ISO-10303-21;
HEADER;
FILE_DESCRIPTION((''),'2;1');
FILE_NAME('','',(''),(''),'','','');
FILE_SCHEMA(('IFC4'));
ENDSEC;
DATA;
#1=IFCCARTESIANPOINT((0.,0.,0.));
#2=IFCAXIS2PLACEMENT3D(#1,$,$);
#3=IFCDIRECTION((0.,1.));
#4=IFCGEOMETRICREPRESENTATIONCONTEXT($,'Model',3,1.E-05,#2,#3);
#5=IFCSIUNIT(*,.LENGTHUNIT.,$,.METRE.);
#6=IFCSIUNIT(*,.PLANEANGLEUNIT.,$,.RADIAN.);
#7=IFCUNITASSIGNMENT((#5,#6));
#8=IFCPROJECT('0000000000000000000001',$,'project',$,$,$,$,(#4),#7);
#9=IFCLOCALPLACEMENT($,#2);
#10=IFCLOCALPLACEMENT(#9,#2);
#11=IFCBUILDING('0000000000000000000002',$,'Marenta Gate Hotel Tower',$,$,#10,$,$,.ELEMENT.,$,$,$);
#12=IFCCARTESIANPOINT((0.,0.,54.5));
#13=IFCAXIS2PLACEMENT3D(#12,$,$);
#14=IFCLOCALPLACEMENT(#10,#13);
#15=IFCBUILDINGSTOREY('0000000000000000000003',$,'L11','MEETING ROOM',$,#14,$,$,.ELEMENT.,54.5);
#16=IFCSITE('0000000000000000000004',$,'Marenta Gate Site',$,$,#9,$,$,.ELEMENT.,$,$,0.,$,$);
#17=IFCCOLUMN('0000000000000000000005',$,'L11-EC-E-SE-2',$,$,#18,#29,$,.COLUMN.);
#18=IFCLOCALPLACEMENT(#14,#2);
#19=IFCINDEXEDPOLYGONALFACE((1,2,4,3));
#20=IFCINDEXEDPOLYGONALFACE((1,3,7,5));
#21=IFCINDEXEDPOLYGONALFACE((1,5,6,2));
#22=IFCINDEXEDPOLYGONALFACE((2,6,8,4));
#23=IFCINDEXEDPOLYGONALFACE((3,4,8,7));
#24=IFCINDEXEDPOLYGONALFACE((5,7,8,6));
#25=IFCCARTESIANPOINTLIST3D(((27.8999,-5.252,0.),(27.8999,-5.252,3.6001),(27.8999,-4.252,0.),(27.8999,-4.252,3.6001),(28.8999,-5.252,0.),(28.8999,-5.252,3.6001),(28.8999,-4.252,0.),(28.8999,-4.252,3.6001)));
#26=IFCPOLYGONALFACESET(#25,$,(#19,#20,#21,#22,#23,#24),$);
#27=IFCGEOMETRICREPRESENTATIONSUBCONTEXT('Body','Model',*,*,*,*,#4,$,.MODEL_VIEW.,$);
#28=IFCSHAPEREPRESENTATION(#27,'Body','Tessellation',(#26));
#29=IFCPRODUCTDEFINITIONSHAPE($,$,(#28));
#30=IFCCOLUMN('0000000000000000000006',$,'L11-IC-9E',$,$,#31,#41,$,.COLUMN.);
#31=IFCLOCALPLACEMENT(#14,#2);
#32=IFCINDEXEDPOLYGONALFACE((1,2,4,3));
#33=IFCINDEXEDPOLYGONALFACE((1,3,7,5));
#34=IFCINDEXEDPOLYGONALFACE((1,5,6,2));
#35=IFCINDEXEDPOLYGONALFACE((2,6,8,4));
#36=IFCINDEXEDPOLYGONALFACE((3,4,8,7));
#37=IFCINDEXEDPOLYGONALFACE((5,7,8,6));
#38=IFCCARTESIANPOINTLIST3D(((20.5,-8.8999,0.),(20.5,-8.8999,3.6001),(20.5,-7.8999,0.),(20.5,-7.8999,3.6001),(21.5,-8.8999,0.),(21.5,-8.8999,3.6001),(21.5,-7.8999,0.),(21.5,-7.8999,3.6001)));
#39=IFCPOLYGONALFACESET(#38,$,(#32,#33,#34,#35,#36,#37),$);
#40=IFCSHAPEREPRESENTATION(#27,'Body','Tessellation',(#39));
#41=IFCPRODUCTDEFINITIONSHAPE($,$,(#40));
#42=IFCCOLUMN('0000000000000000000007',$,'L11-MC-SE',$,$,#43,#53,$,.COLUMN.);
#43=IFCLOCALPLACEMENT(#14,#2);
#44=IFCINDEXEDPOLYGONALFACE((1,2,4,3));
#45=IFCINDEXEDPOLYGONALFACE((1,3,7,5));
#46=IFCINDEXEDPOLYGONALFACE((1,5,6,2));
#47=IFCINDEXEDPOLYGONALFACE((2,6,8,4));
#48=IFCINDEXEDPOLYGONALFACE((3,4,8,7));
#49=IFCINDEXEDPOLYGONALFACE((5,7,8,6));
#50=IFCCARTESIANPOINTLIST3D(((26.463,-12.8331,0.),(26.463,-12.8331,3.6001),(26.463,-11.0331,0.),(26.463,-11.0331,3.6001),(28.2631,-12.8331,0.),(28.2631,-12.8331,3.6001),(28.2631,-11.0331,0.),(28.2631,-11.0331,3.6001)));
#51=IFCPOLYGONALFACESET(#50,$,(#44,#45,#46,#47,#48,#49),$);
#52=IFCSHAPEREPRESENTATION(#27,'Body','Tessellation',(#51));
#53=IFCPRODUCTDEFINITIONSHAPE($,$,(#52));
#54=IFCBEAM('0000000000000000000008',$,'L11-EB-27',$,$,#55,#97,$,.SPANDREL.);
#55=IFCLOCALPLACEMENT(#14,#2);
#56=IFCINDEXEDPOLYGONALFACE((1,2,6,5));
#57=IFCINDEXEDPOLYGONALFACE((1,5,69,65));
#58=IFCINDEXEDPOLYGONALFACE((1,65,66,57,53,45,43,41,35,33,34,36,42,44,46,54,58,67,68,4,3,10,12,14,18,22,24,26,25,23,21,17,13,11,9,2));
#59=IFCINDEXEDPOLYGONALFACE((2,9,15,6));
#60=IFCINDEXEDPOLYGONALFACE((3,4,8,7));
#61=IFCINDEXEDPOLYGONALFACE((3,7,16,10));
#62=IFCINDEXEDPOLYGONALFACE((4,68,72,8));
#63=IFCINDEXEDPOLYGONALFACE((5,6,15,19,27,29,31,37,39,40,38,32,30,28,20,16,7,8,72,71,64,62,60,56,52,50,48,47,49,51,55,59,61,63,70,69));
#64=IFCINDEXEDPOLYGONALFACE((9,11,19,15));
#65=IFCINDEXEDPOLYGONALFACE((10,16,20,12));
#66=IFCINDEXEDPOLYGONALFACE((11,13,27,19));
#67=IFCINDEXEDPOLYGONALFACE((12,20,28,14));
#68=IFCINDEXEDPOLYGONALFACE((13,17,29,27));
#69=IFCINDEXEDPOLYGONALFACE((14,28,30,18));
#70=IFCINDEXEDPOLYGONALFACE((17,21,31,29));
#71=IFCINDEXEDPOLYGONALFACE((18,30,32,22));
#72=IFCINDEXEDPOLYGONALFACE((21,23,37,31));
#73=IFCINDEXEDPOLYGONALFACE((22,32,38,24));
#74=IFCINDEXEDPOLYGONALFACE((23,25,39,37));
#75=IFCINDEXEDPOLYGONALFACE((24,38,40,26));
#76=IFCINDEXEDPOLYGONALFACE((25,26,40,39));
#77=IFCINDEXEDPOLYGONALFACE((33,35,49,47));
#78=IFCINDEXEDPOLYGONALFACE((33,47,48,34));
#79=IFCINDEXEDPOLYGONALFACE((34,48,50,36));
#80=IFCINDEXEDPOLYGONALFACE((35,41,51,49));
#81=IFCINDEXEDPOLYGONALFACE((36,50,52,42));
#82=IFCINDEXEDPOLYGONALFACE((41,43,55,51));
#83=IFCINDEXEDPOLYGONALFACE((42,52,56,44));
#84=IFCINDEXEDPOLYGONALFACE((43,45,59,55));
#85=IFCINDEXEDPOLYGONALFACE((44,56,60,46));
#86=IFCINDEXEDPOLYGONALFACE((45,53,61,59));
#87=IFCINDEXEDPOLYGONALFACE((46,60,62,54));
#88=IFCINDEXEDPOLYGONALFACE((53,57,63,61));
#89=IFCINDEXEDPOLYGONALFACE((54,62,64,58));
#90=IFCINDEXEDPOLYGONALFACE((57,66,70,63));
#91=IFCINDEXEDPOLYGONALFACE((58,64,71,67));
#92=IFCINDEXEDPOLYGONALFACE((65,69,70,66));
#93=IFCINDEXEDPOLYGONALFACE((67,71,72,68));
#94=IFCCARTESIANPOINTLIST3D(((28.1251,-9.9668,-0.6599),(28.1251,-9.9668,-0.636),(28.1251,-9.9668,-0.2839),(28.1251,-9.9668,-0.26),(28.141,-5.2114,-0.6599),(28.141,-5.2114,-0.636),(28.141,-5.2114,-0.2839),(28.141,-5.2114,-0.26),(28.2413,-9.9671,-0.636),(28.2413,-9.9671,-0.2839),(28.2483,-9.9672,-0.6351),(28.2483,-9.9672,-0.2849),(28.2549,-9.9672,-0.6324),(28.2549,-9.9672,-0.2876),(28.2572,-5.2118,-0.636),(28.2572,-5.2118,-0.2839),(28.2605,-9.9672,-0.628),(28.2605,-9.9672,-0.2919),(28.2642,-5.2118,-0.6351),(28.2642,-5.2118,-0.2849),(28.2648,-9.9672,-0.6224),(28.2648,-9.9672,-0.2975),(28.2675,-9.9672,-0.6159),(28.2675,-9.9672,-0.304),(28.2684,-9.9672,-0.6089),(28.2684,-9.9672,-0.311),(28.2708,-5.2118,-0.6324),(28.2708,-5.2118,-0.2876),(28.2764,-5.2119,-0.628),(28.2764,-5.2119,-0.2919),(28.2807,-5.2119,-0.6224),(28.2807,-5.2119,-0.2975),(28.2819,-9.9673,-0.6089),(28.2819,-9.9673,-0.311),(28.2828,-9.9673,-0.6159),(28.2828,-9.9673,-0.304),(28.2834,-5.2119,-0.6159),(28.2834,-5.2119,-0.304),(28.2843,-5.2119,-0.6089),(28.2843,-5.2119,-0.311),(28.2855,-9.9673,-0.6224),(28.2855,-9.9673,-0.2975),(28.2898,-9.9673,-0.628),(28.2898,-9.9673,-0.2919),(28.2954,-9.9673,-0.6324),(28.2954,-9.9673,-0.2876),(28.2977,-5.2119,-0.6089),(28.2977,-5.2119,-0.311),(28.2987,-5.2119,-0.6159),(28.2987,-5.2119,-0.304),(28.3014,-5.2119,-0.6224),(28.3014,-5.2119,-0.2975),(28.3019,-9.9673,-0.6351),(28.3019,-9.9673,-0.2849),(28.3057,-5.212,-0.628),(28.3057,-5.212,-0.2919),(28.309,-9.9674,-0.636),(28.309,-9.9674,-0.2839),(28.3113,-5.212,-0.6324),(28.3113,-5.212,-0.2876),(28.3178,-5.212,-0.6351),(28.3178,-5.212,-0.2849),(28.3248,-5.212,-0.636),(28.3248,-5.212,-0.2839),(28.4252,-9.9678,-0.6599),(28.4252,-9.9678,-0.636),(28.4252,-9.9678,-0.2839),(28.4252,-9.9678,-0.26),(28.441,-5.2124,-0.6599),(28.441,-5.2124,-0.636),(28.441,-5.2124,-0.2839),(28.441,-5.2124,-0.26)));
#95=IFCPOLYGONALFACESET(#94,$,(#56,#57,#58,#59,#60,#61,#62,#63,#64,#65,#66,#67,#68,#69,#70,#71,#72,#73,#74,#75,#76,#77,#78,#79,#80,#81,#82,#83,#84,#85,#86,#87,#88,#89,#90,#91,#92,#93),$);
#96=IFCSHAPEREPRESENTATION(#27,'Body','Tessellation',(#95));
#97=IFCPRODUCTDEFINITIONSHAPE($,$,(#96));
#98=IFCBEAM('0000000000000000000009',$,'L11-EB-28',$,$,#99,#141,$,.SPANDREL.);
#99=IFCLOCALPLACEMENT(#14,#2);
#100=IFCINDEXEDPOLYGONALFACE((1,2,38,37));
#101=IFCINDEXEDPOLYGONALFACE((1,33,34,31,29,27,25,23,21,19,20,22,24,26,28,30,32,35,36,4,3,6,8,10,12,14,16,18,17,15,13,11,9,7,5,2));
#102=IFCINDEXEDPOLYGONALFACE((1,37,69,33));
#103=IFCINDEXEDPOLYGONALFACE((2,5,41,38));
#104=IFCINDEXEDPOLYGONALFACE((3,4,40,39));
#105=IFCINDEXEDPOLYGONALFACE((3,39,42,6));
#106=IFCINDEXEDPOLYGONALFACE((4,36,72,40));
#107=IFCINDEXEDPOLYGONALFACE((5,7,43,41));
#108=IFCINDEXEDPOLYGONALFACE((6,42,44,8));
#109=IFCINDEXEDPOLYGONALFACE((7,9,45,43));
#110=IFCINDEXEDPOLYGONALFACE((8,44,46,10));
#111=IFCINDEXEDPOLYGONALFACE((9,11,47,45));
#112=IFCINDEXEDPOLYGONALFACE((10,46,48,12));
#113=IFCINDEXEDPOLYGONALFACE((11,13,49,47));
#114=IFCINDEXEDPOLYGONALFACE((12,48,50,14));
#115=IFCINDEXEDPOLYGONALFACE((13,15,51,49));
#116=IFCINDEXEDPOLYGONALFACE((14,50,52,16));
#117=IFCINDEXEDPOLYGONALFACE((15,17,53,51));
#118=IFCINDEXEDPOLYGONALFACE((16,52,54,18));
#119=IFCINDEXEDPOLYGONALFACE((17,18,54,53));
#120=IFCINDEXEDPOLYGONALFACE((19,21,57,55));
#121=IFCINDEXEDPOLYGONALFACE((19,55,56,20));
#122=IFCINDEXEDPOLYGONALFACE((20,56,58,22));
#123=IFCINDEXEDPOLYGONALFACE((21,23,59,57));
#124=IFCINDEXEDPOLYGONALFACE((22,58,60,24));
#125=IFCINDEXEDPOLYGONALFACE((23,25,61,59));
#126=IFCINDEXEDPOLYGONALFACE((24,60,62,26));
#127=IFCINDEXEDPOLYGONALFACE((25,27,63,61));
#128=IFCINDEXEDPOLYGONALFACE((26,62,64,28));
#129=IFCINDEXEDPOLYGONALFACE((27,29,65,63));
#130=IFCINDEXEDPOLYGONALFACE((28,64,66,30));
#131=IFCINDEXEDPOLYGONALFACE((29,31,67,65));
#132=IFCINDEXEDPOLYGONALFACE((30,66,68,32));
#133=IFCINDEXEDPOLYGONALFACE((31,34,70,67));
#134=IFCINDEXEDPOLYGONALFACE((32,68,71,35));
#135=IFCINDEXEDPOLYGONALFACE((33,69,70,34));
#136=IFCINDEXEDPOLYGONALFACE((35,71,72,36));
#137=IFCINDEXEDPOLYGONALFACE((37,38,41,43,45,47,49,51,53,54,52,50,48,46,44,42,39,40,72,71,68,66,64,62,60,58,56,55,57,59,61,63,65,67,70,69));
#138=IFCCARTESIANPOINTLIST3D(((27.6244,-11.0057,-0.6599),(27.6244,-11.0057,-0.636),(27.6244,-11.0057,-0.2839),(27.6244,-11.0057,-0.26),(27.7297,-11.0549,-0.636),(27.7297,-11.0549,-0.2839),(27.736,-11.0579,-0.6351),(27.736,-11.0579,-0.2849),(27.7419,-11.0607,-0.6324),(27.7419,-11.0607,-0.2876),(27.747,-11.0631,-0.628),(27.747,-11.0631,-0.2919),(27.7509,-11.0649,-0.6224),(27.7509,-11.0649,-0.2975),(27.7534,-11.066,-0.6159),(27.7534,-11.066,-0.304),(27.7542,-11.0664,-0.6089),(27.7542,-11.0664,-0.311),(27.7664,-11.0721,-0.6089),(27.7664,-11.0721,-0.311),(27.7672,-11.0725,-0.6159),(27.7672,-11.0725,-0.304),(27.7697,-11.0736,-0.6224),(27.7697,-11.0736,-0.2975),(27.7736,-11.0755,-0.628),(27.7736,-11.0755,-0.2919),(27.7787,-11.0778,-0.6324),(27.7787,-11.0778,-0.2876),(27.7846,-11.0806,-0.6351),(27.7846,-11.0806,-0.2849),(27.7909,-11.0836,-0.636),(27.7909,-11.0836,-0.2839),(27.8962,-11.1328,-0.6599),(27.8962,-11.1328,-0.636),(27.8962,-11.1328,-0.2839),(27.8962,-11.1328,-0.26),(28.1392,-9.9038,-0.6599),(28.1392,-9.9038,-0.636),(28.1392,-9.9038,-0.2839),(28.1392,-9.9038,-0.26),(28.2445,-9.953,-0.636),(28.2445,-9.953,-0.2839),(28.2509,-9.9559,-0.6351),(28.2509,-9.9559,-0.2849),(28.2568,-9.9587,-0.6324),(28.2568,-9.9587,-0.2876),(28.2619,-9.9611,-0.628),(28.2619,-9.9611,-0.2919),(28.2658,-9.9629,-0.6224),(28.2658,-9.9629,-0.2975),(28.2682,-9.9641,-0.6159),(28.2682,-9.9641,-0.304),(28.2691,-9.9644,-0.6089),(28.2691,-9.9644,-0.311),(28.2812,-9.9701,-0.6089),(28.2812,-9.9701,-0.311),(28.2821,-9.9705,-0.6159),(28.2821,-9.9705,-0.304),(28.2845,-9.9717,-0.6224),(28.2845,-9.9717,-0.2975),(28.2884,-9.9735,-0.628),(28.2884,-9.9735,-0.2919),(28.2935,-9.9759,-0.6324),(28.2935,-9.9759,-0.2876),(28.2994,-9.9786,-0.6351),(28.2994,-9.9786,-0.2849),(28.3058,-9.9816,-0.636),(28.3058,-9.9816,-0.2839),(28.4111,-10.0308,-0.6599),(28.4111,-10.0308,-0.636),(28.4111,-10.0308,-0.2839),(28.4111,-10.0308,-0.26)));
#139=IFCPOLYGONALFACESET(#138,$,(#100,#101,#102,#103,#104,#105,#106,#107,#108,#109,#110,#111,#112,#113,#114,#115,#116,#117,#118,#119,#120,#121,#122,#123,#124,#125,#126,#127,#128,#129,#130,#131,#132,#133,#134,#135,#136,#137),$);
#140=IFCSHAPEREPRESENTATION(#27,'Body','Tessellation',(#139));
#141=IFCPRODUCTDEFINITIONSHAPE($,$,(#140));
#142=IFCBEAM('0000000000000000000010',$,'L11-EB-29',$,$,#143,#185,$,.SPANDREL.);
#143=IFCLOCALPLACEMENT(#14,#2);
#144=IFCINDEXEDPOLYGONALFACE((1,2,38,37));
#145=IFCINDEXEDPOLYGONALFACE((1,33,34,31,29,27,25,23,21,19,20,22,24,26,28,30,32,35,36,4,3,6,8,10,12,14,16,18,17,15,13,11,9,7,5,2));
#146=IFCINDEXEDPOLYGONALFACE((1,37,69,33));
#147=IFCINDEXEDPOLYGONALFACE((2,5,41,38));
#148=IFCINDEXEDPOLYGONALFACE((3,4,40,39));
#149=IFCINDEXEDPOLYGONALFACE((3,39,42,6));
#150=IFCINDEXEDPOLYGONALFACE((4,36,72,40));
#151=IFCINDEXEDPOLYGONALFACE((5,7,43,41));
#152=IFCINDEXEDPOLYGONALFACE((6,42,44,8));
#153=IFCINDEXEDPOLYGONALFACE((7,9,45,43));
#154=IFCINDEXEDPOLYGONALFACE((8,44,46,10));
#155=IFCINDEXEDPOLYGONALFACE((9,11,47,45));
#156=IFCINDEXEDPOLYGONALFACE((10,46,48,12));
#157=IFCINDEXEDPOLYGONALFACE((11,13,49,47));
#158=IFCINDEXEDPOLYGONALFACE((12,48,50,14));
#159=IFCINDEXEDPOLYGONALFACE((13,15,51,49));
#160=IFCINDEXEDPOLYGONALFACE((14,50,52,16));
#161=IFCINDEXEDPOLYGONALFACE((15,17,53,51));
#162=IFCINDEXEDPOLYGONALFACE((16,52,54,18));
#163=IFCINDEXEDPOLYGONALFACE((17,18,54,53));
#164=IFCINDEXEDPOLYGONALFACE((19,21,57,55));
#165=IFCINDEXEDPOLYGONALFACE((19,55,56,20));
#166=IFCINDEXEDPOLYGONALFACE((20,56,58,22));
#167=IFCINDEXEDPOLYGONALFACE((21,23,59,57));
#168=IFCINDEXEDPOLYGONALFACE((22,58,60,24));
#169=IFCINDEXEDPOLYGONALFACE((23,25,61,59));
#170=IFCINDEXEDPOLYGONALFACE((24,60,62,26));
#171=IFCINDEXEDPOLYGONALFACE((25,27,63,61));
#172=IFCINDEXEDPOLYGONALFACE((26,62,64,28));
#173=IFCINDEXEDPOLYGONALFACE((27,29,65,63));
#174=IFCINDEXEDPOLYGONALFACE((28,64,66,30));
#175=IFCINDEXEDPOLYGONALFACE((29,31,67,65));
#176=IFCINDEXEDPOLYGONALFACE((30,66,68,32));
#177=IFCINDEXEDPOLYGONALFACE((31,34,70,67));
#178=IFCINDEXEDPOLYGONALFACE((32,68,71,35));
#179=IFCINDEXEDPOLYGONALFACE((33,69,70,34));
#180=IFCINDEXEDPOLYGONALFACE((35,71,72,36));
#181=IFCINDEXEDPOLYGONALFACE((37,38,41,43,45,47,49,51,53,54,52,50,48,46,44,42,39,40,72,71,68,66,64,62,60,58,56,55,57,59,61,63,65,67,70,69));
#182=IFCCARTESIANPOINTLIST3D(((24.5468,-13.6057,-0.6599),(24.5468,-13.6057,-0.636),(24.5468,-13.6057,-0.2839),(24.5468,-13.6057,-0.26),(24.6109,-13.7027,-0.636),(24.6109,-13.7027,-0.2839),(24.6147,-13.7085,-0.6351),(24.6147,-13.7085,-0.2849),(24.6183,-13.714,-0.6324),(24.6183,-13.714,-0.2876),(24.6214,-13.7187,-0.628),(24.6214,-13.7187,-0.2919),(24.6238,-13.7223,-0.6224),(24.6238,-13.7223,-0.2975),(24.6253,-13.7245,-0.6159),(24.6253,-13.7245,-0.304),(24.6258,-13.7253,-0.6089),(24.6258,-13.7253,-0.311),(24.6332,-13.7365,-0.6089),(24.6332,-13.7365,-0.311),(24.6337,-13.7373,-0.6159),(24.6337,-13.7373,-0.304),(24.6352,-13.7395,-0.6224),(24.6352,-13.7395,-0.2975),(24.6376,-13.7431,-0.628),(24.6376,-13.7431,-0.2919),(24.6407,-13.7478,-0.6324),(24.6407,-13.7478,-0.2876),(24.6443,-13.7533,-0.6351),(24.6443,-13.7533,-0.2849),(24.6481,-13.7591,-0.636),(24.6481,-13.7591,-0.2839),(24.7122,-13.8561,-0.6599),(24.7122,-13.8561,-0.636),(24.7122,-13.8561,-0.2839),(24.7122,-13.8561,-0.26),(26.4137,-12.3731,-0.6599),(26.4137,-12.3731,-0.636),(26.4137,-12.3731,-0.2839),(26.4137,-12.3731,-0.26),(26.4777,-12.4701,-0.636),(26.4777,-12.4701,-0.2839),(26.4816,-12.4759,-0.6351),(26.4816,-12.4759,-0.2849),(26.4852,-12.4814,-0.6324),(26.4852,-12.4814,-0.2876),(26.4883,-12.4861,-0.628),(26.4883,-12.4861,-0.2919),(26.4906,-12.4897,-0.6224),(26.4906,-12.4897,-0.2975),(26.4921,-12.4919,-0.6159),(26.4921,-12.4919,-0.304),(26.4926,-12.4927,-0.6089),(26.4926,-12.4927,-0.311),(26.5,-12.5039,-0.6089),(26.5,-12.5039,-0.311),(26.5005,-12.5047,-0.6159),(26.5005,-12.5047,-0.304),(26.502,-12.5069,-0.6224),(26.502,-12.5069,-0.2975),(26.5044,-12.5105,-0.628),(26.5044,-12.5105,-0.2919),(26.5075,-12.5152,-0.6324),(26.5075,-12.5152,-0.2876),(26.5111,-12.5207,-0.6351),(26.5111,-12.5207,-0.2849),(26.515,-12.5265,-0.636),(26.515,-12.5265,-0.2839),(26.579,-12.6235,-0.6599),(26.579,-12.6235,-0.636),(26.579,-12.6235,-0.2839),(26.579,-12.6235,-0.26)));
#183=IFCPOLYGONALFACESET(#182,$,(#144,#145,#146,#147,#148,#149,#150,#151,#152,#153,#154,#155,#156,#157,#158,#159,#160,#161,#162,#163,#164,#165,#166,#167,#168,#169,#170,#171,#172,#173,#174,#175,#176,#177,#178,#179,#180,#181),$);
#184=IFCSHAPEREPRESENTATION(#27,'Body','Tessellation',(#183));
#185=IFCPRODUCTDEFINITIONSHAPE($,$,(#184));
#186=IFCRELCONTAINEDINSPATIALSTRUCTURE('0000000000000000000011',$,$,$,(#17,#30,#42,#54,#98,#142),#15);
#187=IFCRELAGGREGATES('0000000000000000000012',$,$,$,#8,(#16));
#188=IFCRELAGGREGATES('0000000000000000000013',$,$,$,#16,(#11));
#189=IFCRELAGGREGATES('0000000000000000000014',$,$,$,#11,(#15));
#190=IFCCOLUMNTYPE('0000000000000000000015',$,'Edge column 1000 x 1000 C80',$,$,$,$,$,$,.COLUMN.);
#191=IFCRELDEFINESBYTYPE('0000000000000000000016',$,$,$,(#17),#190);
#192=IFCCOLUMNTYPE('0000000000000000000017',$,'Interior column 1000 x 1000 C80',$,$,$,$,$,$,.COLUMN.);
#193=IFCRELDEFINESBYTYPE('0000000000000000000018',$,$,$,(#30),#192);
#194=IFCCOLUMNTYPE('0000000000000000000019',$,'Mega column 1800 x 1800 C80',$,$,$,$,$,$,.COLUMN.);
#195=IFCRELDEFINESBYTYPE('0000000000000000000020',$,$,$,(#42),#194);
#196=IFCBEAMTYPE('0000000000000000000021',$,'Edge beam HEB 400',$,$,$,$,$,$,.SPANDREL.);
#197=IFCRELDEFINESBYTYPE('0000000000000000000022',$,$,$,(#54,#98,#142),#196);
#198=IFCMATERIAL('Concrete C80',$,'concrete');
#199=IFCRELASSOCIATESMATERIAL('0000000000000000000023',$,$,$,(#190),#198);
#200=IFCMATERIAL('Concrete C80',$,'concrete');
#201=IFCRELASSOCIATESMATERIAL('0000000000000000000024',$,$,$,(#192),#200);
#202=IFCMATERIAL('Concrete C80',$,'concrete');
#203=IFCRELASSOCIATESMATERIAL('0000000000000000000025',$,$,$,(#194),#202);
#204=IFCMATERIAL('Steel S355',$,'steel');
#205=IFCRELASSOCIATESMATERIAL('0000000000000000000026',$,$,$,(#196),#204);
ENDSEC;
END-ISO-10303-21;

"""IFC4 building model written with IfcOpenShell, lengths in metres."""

from ifc_helpers import new_model, si_unit, direction, frame, origin, origin_2d, place, context, subcontext, project, spatial, rectangle, i_section, extrude, material, material_profile, profile_set, type_object, element, save


model = new_model("IFC4")

# Units and contexts
model_context = context("Model", 3, precision=1e-05, world=origin(), true_north=direction((0.0, 1.0)))
body_context = subcontext(model_context, "Body", "Model", "MODEL_VIEW")
ifc_project = project(units=[si_unit("LENGTHUNIT", "METRE"), si_unit("PLANEANGLEUNIT", "RADIAN")], contexts=[model_context])

# Site, building, storey
site_placement = place(None, origin())
site = spatial("IfcSite", under=ifc_project, at=site_placement, Name="Marenta Gate Site", CompositionType="ELEMENT", RefElevation=0.0)
building_placement = place(site_placement, origin())
building = spatial("IfcBuilding", under=site, at=building_placement, Name="Marenta Gate Hotel Tower", CompositionType="ELEMENT")
storey_placement = place(building_placement, frame((0.0, 0.0, 54.5)))
storey = spatial("IfcBuildingStorey", under=building, at=storey_placement, Name="L11", Description="MEETING ROOM", CompositionType="ELEMENT", Elevation=54.5)

# Columns
ifc_material_1 = material(Name="Concrete C80", Category="concrete")
ifc_material_profile_1 = material_profile(ifc_material_1, rectangle(XDim=1.0, YDim=1.0, at=origin_2d()), Name="1000 x 1000")
ifc_profile_set_1 = profile_set([ifc_material_profile_1], Name="Concrete C80")
column_type_1 = type_object("IfcColumnType", Name="Edge column 1000 x 1000 C80", PredefinedType="COLUMN", material=ifc_profile_set_1)
column_1_placement = place(storey_placement, frame((28.3999, -4.752, 0.0), z_axis=(0.0, 0.0, 1.0), x_axis=(1.0, 0.0, 0.0)))
element("IfcColumn", 1, at=column_1_placement, inside=storey, type_object=column_type_1, Name="L11-EC-E-SE-2", PredefinedType="COLUMN", context=body_context, shape_type="SweptSolid", body=[
    extrude(rectangle(XDim=1.0, YDim=1.0, at=origin_2d()), origin(), (0.0, 0.0, 1.0), 3.6001),
])
ifc_material_2 = material(Name="Concrete C80", Category="concrete")
ifc_material_profile_2 = material_profile(ifc_material_2, rectangle(XDim=1.0, YDim=1.0, at=origin_2d()), Name="1000 x 1000")
ifc_profile_set_2 = profile_set([ifc_material_profile_2], Name="Concrete C80")
column_type_2 = type_object("IfcColumnType", Name="Interior column 1000 x 1000 C80", PredefinedType="COLUMN", material=ifc_profile_set_2)
column_2_placement = place(storey_placement, frame((21.0, -8.3999, 0.0), z_axis=(0.0, 0.0, 1.0), x_axis=(1.0, 0.0, 0.0)))
element("IfcColumn", 2, at=column_2_placement, inside=storey, type_object=column_type_2, Name="L11-IC-9E", PredefinedType="COLUMN", context=body_context, shape_type="SweptSolid", body=[
    extrude(rectangle(XDim=1.0, YDim=1.0, at=origin_2d()), origin(), (0.0, 0.0, 1.0), 3.6001),
])
ifc_material_3 = material(Name="Concrete C80", Category="concrete")
ifc_material_profile_3 = material_profile(ifc_material_3, rectangle(XDim=1.8, YDim=1.8, at=origin_2d()), Name="1800 x 1800")
ifc_profile_set_3 = profile_set([ifc_material_profile_3], Name="Concrete C80")
column_type_3 = type_object("IfcColumnType", Name="Mega column 1800 x 1800 C80", PredefinedType="COLUMN", material=ifc_profile_set_3)
column_3_placement = place(storey_placement, frame((27.363, -11.9331, 0.0), z_axis=(0.0, 0.0, 1.0), x_axis=(1.0, 0.0, 0.0)))
element("IfcColumn", 3, at=column_3_placement, inside=storey, type_object=column_type_3, Name="L11-MC-SE", PredefinedType="COLUMN", context=body_context, shape_type="SweptSolid", body=[
    extrude(rectangle(XDim=1.8, YDim=1.8, at=origin_2d()), origin(), (0.0, 0.0, 1.0), 3.6001),
])

# Beams
ifc_material_4 = material(Name="Steel S355", Category="steel")
ifc_material_profile_4 = material_profile(ifc_material_4, i_section(OverallWidth=0.3, OverallDepth=0.3999, WebThickness=0.0134, FlangeThickness=0.0239, FilletRadius=0.0271, at=origin_2d()), Name="HEB 400")
ifc_profile_set_4 = profile_set([ifc_material_profile_4], Name="Steel S355")
beam_type_1 = type_object("IfcBeamType", Name="Edge beam HEB 400", PredefinedType="SPANDREL", material=ifc_profile_set_4)
beam_1_placement = place(storey_placement, frame((28.291, -5.2119, -0.46), z_axis=(-0.003337, -0.999994, 0.0), x_axis=(0.999994, -0.003337, 0.0)))
element("IfcBeam", 4, at=beam_1_placement, inside=storey, type_object=beam_type_1, Name="L11-EB-27", PredefinedType="SPANDREL", context=body_context, shape_type="SweptSolid", body=[
    extrude(i_section(OverallWidth=0.3, OverallDepth=0.3999, WebThickness=0.0134, FlangeThickness=0.0239, FilletRadius=0.0271, at=origin_2d()), origin(), (0.0, 0.0, 1.0), 4.7554),
])
beam_2_placement = place(storey_placement, frame((28.2751, -9.9673, -0.46), z_axis=(-0.423292, -0.905993, 0.0), x_axis=(0.905993, -0.423292, 0.0)))
element("IfcBeam", 5, at=beam_2_placement, inside=storey, type_object=beam_type_1, Name="L11-EB-28", PredefinedType="SPANDREL", context=body_context, shape_type="SweptSolid", body=[
    extrude(i_section(OverallWidth=0.3, OverallDepth=0.3999, WebThickness=0.0134, FlangeThickness=0.0239, FilletRadius=0.0271, at=origin_2d()), origin(), (0.0, 0.0, 1.0), 1.2163),
])
beam_3_placement = place(storey_placement, frame((26.4963, -12.4983, -0.46), z_axis=(-0.83451, -0.550993, 0.0), x_axis=(0.550993, -0.83451, 0.0)))
element("IfcBeam", 6, at=beam_3_placement, inside=storey, type_object=beam_type_1, Name="L11-EB-29", PredefinedType="SPANDREL", context=body_context, shape_type="SweptSolid", body=[
    extrude(i_section(OverallWidth=0.3, OverallDepth=0.3999, WebThickness=0.0134, FlangeThickness=0.0239, FilletRadius=0.0271, at=origin_2d()), origin(), (0.0, 0.0, 1.0), 2.2371),
])

save(model, "model.ifc")
